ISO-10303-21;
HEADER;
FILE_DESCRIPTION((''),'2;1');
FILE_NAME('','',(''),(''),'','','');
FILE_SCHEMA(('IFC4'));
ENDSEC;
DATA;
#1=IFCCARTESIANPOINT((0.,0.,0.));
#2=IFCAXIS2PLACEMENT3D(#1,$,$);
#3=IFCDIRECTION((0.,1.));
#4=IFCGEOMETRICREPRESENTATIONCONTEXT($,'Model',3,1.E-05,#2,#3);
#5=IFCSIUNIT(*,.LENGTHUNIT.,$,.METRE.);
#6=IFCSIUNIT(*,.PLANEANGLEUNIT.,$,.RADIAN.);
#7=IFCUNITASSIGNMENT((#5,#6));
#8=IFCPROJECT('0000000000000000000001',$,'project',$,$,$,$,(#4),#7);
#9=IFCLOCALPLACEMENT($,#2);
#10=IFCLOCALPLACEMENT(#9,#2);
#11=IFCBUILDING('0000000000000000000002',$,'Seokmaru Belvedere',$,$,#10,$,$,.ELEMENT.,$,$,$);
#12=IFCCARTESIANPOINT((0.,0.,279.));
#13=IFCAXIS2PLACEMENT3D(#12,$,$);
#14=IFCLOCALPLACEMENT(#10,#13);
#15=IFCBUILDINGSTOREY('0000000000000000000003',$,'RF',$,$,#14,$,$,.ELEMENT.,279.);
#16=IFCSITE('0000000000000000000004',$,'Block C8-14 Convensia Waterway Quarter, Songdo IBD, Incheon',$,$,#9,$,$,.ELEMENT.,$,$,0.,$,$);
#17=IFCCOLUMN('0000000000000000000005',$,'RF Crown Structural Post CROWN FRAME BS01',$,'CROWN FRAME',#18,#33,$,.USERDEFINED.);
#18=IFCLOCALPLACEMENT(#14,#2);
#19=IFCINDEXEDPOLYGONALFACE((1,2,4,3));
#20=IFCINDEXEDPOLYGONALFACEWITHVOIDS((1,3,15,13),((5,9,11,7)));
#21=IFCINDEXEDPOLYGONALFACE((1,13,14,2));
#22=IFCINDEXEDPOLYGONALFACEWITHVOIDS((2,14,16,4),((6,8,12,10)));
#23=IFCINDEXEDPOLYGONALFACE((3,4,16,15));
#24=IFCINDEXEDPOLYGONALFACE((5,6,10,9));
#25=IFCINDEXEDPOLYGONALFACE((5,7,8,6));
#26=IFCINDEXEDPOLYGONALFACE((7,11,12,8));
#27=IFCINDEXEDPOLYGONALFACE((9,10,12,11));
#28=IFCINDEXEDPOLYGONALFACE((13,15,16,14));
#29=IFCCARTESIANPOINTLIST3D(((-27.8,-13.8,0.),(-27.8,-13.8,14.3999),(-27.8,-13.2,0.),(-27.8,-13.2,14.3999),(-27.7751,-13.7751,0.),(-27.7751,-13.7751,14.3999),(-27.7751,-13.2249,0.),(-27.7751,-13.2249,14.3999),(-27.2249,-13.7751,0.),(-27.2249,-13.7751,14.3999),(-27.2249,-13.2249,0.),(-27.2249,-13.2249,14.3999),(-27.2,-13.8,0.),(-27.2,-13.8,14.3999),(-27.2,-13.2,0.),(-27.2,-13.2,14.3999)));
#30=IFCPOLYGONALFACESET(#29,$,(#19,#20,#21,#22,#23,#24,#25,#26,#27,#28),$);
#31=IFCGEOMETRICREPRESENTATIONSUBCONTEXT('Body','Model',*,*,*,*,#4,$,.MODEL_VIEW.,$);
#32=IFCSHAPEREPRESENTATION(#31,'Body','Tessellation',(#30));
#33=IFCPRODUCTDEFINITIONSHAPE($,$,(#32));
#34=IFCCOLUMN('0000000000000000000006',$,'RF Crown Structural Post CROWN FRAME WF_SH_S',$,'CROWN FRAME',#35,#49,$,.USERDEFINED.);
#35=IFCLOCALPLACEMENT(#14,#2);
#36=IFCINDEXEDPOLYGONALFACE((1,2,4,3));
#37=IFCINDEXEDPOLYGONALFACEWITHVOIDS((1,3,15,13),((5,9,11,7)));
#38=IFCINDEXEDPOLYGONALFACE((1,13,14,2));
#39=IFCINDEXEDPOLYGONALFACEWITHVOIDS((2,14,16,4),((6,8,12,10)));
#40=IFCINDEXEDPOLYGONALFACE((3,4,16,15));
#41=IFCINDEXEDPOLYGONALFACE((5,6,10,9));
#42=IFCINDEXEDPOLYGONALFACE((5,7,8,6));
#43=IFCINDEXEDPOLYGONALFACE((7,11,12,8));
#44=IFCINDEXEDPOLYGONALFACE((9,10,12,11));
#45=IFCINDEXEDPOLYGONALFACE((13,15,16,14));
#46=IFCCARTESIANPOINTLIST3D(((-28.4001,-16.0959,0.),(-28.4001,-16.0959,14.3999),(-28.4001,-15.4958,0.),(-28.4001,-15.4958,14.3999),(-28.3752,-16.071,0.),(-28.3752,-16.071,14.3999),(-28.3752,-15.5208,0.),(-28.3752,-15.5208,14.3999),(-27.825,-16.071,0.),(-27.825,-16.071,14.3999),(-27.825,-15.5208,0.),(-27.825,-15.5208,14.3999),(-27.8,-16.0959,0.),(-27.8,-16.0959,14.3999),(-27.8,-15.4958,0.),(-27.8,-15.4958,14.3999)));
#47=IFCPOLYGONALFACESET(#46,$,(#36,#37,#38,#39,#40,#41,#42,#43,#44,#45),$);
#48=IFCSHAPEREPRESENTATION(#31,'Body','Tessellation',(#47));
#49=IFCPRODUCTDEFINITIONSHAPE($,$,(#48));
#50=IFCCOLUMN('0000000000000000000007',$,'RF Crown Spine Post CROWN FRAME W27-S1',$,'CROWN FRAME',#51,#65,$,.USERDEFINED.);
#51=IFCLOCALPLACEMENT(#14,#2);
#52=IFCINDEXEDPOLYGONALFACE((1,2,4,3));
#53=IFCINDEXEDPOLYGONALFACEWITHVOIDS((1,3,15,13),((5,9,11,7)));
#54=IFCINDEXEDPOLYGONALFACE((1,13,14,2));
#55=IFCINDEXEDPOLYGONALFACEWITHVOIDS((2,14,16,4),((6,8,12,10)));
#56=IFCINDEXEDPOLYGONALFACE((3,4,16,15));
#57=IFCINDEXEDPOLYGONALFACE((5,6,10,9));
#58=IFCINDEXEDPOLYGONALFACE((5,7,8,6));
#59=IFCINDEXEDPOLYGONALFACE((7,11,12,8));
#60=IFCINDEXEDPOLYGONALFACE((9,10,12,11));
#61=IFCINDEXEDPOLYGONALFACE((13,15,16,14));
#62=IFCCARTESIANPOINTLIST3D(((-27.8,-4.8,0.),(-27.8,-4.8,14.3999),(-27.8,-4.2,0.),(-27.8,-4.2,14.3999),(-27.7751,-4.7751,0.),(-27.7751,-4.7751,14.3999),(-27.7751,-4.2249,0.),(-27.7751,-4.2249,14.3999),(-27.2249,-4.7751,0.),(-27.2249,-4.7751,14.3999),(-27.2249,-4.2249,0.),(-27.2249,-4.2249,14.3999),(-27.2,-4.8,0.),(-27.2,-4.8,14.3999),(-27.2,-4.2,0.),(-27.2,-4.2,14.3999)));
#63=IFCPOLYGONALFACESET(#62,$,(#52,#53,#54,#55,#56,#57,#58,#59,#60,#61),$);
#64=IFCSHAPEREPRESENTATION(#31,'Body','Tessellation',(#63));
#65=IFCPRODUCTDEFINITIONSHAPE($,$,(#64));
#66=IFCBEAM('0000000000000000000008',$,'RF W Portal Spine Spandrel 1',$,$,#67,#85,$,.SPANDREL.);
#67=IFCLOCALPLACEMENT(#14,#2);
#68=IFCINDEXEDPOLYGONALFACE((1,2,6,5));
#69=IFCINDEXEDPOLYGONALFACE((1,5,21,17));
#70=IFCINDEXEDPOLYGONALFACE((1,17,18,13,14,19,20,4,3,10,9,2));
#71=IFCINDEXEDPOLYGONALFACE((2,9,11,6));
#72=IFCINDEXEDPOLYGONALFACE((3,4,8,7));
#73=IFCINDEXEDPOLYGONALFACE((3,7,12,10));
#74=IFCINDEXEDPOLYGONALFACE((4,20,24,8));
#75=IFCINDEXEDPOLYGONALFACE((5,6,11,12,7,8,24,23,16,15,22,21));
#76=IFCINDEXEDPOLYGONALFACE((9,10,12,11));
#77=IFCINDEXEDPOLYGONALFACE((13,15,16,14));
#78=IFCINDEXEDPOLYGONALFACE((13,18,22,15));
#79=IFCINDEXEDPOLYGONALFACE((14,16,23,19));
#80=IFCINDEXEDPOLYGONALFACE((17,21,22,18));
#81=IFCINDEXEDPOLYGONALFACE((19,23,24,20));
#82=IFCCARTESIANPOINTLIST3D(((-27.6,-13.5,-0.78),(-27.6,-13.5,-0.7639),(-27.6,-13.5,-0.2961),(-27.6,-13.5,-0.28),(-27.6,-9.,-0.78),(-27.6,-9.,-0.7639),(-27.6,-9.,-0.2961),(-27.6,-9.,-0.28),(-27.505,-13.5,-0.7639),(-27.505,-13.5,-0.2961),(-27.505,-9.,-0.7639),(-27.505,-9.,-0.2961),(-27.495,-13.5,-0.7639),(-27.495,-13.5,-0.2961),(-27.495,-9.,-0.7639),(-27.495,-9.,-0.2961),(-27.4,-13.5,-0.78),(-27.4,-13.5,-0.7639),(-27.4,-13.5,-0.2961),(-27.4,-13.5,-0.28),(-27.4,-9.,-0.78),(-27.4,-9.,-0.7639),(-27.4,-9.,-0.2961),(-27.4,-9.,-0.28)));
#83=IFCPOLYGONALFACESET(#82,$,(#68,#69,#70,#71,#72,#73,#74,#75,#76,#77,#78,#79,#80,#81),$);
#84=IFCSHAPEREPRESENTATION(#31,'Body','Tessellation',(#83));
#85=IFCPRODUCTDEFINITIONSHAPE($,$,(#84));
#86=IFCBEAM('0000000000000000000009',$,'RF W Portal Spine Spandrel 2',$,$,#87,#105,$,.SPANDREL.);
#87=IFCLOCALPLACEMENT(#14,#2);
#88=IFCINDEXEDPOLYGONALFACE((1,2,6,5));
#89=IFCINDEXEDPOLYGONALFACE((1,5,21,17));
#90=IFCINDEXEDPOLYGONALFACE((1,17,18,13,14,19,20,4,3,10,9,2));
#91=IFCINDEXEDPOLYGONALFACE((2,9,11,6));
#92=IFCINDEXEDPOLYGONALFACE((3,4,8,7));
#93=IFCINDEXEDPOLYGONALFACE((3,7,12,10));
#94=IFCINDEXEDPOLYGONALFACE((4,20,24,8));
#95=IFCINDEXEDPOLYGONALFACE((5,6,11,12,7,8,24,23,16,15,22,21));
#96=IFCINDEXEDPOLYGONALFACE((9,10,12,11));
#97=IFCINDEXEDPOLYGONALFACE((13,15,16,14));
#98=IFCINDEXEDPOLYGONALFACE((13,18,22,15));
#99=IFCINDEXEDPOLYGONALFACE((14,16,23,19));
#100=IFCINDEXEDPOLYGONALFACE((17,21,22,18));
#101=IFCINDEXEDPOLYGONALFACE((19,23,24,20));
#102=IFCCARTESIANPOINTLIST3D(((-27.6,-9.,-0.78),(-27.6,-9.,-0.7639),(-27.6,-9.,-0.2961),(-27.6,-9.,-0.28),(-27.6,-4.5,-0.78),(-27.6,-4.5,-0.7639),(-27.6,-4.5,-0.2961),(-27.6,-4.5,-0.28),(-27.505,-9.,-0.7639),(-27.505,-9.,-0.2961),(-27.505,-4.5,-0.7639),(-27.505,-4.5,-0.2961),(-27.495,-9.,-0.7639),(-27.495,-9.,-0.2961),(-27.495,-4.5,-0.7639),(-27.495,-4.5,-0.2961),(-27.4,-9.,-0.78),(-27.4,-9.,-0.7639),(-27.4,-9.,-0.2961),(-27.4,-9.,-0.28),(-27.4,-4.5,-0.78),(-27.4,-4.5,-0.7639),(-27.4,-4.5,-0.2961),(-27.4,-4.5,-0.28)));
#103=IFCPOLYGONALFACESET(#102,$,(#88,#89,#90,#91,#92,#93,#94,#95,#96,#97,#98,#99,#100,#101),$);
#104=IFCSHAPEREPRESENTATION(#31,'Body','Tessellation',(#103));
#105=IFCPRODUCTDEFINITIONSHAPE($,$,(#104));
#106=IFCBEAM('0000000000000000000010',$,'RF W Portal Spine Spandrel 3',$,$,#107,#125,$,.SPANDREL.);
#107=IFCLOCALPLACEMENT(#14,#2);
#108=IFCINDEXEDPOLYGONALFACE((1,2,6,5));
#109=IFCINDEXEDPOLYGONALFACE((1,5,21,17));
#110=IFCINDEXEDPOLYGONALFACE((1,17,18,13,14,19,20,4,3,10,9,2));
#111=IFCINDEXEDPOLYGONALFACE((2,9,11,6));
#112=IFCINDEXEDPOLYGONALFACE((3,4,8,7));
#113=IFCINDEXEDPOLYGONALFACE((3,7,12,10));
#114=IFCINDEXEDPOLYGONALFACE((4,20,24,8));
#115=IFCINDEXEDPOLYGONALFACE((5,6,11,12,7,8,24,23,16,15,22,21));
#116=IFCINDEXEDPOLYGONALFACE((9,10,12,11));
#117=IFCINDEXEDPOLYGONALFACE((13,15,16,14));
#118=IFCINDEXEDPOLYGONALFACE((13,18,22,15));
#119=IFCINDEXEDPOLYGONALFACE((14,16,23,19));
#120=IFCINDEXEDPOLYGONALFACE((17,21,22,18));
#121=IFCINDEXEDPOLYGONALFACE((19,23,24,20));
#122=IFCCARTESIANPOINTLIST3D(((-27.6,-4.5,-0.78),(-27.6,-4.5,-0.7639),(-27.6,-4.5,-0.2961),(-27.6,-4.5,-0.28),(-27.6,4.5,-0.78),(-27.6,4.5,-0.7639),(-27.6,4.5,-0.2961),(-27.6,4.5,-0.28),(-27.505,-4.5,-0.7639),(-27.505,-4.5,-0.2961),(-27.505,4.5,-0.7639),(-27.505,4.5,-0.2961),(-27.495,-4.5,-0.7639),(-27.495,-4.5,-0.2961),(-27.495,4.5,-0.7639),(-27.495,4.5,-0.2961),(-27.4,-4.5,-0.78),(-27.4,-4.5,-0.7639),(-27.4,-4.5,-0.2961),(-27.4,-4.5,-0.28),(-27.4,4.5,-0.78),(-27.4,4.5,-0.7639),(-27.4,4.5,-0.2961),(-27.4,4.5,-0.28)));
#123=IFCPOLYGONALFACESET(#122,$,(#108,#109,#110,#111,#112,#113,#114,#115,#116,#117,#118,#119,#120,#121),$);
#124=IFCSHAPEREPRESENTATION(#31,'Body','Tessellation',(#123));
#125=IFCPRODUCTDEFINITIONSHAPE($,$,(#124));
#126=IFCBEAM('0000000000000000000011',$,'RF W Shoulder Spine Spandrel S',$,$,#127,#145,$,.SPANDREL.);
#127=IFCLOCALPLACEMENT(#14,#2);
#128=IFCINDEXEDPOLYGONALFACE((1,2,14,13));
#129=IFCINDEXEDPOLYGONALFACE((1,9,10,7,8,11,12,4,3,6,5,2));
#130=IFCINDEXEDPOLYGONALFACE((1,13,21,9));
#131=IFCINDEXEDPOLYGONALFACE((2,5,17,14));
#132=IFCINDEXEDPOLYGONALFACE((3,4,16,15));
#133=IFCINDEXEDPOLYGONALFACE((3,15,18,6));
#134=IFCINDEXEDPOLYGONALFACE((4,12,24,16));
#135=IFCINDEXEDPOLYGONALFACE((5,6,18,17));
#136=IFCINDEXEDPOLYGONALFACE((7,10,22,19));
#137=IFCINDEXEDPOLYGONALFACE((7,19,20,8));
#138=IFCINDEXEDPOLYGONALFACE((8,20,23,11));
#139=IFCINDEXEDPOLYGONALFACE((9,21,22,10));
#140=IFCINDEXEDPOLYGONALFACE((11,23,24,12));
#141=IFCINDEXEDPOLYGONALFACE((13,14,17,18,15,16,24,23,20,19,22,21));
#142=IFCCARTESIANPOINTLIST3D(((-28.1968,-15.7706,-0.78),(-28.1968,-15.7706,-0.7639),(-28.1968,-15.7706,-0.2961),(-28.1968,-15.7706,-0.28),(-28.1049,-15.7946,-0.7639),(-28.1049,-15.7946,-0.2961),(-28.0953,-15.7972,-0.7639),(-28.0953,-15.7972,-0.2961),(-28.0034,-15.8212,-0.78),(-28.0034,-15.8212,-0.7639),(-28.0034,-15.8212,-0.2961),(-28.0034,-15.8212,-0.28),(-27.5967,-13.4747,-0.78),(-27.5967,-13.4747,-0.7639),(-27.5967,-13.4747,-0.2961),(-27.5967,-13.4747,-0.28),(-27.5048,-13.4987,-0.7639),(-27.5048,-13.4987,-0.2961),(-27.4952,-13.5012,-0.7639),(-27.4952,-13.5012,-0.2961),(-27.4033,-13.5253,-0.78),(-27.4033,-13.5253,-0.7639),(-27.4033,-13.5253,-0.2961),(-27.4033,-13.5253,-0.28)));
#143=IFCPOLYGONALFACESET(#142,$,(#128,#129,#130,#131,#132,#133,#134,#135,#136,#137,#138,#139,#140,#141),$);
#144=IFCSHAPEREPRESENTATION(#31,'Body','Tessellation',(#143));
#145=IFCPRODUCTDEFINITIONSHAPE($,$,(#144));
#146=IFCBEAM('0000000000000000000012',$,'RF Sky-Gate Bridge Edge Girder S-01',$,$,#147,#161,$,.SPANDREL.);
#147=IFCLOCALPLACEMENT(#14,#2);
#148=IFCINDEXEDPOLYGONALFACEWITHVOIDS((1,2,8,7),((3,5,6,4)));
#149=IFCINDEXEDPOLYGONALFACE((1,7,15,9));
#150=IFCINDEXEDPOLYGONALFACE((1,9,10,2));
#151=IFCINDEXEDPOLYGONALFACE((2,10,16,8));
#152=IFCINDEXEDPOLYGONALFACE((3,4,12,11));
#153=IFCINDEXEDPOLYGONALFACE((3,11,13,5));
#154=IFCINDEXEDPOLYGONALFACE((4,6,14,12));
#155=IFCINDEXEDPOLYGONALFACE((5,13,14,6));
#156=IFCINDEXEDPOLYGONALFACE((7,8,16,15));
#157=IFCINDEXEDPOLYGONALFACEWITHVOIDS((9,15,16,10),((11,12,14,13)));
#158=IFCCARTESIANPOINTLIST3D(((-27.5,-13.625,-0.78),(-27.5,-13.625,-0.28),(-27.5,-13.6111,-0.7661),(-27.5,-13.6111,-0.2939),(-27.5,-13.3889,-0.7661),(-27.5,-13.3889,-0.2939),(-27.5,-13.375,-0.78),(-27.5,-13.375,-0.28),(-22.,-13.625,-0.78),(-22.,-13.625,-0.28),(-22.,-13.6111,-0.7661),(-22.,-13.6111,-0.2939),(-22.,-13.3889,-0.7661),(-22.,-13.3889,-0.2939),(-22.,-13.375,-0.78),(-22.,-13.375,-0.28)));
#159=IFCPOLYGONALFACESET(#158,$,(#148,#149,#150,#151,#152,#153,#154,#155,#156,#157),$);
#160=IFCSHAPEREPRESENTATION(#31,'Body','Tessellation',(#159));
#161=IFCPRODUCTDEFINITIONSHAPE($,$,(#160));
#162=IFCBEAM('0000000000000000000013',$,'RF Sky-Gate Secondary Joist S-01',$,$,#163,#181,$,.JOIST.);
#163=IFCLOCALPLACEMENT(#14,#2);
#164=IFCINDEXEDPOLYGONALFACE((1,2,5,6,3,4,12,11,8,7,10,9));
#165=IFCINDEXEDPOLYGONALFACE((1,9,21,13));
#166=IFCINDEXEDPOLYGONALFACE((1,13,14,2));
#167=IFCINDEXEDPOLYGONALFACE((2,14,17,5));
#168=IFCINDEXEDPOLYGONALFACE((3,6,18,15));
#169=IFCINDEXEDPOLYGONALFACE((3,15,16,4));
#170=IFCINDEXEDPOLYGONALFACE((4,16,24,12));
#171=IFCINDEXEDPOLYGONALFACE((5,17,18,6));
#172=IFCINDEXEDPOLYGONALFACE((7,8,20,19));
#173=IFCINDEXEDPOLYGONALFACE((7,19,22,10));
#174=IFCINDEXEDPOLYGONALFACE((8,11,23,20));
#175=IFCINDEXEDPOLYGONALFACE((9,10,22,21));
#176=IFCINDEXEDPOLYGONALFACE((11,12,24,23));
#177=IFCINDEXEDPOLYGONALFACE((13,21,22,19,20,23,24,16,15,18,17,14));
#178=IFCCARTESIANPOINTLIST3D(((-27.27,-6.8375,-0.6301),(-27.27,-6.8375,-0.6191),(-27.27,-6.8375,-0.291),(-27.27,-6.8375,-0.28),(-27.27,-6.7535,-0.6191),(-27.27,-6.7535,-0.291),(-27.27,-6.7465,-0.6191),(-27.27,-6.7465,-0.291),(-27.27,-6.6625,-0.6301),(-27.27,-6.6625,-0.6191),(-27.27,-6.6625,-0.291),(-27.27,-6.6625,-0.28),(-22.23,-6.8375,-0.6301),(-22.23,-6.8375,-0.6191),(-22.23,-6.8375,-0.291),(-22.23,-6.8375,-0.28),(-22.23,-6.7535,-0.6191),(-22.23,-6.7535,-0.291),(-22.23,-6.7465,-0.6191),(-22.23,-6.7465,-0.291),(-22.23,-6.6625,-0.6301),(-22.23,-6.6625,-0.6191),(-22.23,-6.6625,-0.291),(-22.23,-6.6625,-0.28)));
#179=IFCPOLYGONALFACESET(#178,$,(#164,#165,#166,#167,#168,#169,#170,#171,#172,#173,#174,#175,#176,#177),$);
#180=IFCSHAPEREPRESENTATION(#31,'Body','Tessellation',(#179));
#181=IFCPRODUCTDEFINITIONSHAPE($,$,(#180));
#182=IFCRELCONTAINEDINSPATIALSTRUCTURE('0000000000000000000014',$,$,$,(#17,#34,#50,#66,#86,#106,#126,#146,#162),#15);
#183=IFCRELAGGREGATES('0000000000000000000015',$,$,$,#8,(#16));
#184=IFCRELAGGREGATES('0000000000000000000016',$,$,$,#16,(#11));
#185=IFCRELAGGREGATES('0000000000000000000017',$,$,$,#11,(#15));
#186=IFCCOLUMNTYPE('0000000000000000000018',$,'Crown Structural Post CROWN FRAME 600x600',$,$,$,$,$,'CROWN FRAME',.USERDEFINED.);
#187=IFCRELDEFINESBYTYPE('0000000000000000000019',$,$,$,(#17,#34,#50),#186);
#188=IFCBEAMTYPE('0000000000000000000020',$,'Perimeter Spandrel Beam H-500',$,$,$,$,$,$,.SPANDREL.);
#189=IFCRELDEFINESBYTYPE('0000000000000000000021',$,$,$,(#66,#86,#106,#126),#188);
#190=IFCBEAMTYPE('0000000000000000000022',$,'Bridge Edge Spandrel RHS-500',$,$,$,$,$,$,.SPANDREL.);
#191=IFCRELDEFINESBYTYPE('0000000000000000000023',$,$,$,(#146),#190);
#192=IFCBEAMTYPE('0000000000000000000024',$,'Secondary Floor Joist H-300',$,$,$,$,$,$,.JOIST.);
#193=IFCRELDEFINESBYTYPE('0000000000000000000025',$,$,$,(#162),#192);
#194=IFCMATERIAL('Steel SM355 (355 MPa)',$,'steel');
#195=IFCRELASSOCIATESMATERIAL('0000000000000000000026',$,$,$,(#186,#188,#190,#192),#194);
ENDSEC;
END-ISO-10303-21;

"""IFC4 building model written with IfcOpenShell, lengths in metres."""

from ifc_helpers import new_model, si_unit, direction, frame, origin, origin_2d, place, context, subcontext, project, spatial, hollow_rectangle, i_section, extrude, source, transform, mapped, material, material_profile, profile_set, type_object, type_shapes, element, save


model = new_model("IFC4")

# Units and contexts
model_context = context("Model", 3, precision=1e-05, world=origin(), true_north=direction((0.0, 1.0)))
body_context = subcontext(model_context, "Body", "Model", "MODEL_VIEW")
ifc_project = project(units=[si_unit("LENGTHUNIT", "METRE"), si_unit("PLANEANGLEUNIT", "RADIAN")], contexts=[model_context])

# Site, building, storey
site_placement = place(None, origin())
site = spatial("IfcSite", under=ifc_project, at=site_placement, Name="Block C8-14 Convensia Waterway Quarter, Songdo IBD, Incheon", CompositionType="ELEMENT", RefElevation=0.0)
building_placement = place(site_placement, origin())
building = spatial("IfcBuilding", under=site, at=building_placement, Name="Seokmaru Belvedere", CompositionType="ELEMENT")
storey_placement = place(building_placement, frame((0.0, 0.0, 279.0)))
storey = spatial("IfcBuildingStorey", under=building, at=storey_placement, Name="RF", CompositionType="ELEMENT", Elevation=279.0)

# Columns
ifc_material_1 = material(Name="Steel SM355 (355 MPa)", Category="steel")
ifc_material_profile_1 = material_profile(ifc_material_1, hollow_rectangle(XDim=0.6001, YDim=0.6001, WallThickness=0.0249, at=origin_2d()), Name="HSS-600x600x25")
ifc_profile_set_1 = profile_set([ifc_material_profile_1], Name="Steel SM355 (355 MPa)")
column_type = type_object("IfcColumnType", Name="Crown Structural Post CROWN FRAME 600x600", ElementType="CROWN FRAME", PredefinedType="USERDEFINED", material=ifc_profile_set_1)
shared_shape_1 = source(origin(), body_context, "Body", "SweptSolid", [
    extrude(hollow_rectangle(XDim=0.6001, YDim=0.6001, WallThickness=0.0249, at=origin_2d()), origin(), (0.0, 0.0, 1.0), 14.3999),
])
type_shapes(column_type, [shared_shape_1])
for number, where, z_axis, x_axis, name in (
    (1, (-27.5, -13.5, 0.0), (0.0, 0.0, 1.0), (1.0, 0.0, 0.0), "RF Crown Structural Post CROWN FRAME BS01"),
    (2, (-28.1001, -15.7959, 0.0), (0.0, 0.0, 1.0), (1.0, 0.0, 0.0), "RF Crown Structural Post CROWN FRAME WF_SH_S"),
    (3, (-27.5, -4.5, 0.0), (0.0, 0.0, 1.0), (1.0, 0.0, 0.0), "RF Crown Spine Post CROWN FRAME W27-S1"),
):
    element("IfcColumn", number, at=place(storey_placement, frame(where, z_axis=z_axis, x_axis=x_axis)), inside=storey, type_object=column_type, Name=name, ObjectType="CROWN FRAME", PredefinedType="USERDEFINED", context=body_context, shape_type="MappedRepresentation", body=[
        mapped(shared_shape_1, transform((0.0, 0.0, 0.0), scale=1.0)),
    ])

# Beams
ifc_material_profile_2 = material_profile(ifc_material_1, i_section(OverallWidth=0.2, OverallDepth=0.5, WebThickness=0.01, FlangeThickness=0.0161, at=origin_2d()), Name="H-500x200x10x16")
ifc_profile_set_2 = profile_set([ifc_material_profile_2], Name="Steel SM355 (355 MPa)")
beam_type_1 = type_object("IfcBeamType", Name="Perimeter Spandrel Beam H-500", PredefinedType="SPANDREL", material=ifc_profile_set_2)
shared_shape_2 = source(origin(), body_context, "Body", "SweptSolid", [
    extrude(i_section(OverallWidth=0.2, OverallDepth=0.5, WebThickness=0.01, FlangeThickness=0.0161, at=origin_2d()), origin(), (0.0, 0.0, 1.0), 4.5),
])
for number, where, z_axis, x_axis, name in (
    (4, (-27.5, -13.5, -0.53), (0.0, 1.0, 0.0), (-1.0, 0.0, 0.0), "RF W Portal Spine Spandrel 1"),
    (5, (-27.5, -9.0, -0.53), (0.0, 1.0, 0.0), (-1.0, 0.0, 0.0), "RF W Portal Spine Spandrel 2"),
):
    element("IfcBeam", number, at=place(storey_placement, frame(where, z_axis=z_axis, x_axis=x_axis)), inside=storey, type_object=beam_type_1, Name=name, PredefinedType="SPANDREL", context=body_context, shape_type="MappedRepresentation", body=[
        mapped(shared_shape_2, transform((0.0, 0.0, 0.0), scale=1.0)),
    ])
shared_shape_3 = source(origin(), body_context, "Body", "SweptSolid", [
    extrude(i_section(OverallWidth=0.2, OverallDepth=0.5, WebThickness=0.01, FlangeThickness=0.0161, at=origin_2d()), origin(), (0.0, 0.0, 1.0), 9.0),
])
beam_1_placement = place(storey_placement, frame((-27.5, -4.5, -0.53), z_axis=(0.0, 1.0, 0.0), x_axis=(-1.0, 0.0, 0.0)))
element("IfcBeam", 6, at=beam_1_placement, inside=storey, type_object=beam_type_1, Name="RF W Portal Spine Spandrel 3", PredefinedType="SPANDREL", context=body_context, shape_type="MappedRepresentation", body=[
    mapped(shared_shape_3, transform((0.0, 0.0, 0.0), scale=1.0)),
])
shared_shape_4 = source(origin(), body_context, "Body", "SweptSolid", [
    extrude(i_section(OverallWidth=0.2, OverallDepth=0.5, WebThickness=0.01, FlangeThickness=0.0161, at=origin_2d()), origin(), (0.0, 0.0, 1.0), 2.373),
])
type_shapes(beam_type_1, [shared_shape_2, shared_shape_3, shared_shape_4])
beam_2_placement = place(storey_placement, frame((-28.1001, -15.7959, -0.53), z_axis=(0.252883, 0.967497, 0.0), x_axis=(-0.967497, 0.252883, 0.0)))
element("IfcBeam", 7, at=beam_2_placement, inside=storey, type_object=beam_type_1, Name="RF W Shoulder Spine Spandrel S", PredefinedType="SPANDREL", context=body_context, shape_type="MappedRepresentation", body=[
    mapped(shared_shape_4, transform((0.0, 0.0, 0.0), scale=1.0)),
])
ifc_material_profile_3 = material_profile(ifc_material_1, hollow_rectangle(XDim=0.25, YDim=0.5, WallThickness=0.0139, at=origin_2d()), Name="RHS-500x250x14")
ifc_profile_set_3 = profile_set([ifc_material_profile_3], Name="Steel SM355 (355 MPa)")
beam_type_2 = type_object("IfcBeamType", Name="Bridge Edge Spandrel RHS-500", PredefinedType="SPANDREL", material=ifc_profile_set_3)
shared_shape_5 = source(origin(), body_context, "Body", "SweptSolid", [
    extrude(hollow_rectangle(XDim=0.25, YDim=0.5, WallThickness=0.0139, at=origin_2d()), origin(), (0.0, 0.0, 1.0), 5.5),
])
type_shapes(beam_type_2, [shared_shape_5])
beam_3_placement = place(storey_placement, frame((-27.5, -13.5, -0.53), z_axis=(1.0, 0.0, 0.0), x_axis=(0.0, 1.0, 0.0)))
element("IfcBeam", 8, at=beam_3_placement, inside=storey, type_object=beam_type_2, Name="RF Sky-Gate Bridge Edge Girder S-01", PredefinedType="SPANDREL", context=body_context, shape_type="MappedRepresentation", body=[
    mapped(shared_shape_5, transform((0.0, 0.0, 0.0), scale=1.0)),
])
ifc_material_profile_4 = material_profile(ifc_material_1, i_section(OverallWidth=0.175, OverallDepth=0.3501, WebThickness=0.0071, FlangeThickness=0.011, at=origin_2d()), Name="H-350x175x7x11")
ifc_profile_set_4 = profile_set([ifc_material_profile_4], Name="Steel SM355 (355 MPa)")
beam_type_3 = type_object("IfcBeamType", Name="Secondary Floor Joist H-300", PredefinedType="JOIST", material=ifc_profile_set_4)
shared_shape_6 = source(origin(), body_context, "Body", "SweptSolid", [
    extrude(i_section(OverallWidth=0.175, OverallDepth=0.3501, WebThickness=0.0071, FlangeThickness=0.011, at=origin_2d()), origin(), (0.0, 0.0, 1.0), 5.04),
])
type_shapes(beam_type_3, [shared_shape_6])
beam_4_placement = place(storey_placement, frame((-27.27, -6.75, -0.4551), z_axis=(1.0, 0.0, 0.0), x_axis=(0.0, 1.0, 0.0)))
element("IfcBeam", 9, at=beam_4_placement, inside=storey, type_object=beam_type_3, Name="RF Sky-Gate Secondary Joist S-01", PredefinedType="JOIST", context=body_context, shape_type="MappedRepresentation", body=[
    mapped(shared_shape_6, transform((0.0, 0.0, 0.0), scale=1.0)),
])

save(model, "model.ifc")
